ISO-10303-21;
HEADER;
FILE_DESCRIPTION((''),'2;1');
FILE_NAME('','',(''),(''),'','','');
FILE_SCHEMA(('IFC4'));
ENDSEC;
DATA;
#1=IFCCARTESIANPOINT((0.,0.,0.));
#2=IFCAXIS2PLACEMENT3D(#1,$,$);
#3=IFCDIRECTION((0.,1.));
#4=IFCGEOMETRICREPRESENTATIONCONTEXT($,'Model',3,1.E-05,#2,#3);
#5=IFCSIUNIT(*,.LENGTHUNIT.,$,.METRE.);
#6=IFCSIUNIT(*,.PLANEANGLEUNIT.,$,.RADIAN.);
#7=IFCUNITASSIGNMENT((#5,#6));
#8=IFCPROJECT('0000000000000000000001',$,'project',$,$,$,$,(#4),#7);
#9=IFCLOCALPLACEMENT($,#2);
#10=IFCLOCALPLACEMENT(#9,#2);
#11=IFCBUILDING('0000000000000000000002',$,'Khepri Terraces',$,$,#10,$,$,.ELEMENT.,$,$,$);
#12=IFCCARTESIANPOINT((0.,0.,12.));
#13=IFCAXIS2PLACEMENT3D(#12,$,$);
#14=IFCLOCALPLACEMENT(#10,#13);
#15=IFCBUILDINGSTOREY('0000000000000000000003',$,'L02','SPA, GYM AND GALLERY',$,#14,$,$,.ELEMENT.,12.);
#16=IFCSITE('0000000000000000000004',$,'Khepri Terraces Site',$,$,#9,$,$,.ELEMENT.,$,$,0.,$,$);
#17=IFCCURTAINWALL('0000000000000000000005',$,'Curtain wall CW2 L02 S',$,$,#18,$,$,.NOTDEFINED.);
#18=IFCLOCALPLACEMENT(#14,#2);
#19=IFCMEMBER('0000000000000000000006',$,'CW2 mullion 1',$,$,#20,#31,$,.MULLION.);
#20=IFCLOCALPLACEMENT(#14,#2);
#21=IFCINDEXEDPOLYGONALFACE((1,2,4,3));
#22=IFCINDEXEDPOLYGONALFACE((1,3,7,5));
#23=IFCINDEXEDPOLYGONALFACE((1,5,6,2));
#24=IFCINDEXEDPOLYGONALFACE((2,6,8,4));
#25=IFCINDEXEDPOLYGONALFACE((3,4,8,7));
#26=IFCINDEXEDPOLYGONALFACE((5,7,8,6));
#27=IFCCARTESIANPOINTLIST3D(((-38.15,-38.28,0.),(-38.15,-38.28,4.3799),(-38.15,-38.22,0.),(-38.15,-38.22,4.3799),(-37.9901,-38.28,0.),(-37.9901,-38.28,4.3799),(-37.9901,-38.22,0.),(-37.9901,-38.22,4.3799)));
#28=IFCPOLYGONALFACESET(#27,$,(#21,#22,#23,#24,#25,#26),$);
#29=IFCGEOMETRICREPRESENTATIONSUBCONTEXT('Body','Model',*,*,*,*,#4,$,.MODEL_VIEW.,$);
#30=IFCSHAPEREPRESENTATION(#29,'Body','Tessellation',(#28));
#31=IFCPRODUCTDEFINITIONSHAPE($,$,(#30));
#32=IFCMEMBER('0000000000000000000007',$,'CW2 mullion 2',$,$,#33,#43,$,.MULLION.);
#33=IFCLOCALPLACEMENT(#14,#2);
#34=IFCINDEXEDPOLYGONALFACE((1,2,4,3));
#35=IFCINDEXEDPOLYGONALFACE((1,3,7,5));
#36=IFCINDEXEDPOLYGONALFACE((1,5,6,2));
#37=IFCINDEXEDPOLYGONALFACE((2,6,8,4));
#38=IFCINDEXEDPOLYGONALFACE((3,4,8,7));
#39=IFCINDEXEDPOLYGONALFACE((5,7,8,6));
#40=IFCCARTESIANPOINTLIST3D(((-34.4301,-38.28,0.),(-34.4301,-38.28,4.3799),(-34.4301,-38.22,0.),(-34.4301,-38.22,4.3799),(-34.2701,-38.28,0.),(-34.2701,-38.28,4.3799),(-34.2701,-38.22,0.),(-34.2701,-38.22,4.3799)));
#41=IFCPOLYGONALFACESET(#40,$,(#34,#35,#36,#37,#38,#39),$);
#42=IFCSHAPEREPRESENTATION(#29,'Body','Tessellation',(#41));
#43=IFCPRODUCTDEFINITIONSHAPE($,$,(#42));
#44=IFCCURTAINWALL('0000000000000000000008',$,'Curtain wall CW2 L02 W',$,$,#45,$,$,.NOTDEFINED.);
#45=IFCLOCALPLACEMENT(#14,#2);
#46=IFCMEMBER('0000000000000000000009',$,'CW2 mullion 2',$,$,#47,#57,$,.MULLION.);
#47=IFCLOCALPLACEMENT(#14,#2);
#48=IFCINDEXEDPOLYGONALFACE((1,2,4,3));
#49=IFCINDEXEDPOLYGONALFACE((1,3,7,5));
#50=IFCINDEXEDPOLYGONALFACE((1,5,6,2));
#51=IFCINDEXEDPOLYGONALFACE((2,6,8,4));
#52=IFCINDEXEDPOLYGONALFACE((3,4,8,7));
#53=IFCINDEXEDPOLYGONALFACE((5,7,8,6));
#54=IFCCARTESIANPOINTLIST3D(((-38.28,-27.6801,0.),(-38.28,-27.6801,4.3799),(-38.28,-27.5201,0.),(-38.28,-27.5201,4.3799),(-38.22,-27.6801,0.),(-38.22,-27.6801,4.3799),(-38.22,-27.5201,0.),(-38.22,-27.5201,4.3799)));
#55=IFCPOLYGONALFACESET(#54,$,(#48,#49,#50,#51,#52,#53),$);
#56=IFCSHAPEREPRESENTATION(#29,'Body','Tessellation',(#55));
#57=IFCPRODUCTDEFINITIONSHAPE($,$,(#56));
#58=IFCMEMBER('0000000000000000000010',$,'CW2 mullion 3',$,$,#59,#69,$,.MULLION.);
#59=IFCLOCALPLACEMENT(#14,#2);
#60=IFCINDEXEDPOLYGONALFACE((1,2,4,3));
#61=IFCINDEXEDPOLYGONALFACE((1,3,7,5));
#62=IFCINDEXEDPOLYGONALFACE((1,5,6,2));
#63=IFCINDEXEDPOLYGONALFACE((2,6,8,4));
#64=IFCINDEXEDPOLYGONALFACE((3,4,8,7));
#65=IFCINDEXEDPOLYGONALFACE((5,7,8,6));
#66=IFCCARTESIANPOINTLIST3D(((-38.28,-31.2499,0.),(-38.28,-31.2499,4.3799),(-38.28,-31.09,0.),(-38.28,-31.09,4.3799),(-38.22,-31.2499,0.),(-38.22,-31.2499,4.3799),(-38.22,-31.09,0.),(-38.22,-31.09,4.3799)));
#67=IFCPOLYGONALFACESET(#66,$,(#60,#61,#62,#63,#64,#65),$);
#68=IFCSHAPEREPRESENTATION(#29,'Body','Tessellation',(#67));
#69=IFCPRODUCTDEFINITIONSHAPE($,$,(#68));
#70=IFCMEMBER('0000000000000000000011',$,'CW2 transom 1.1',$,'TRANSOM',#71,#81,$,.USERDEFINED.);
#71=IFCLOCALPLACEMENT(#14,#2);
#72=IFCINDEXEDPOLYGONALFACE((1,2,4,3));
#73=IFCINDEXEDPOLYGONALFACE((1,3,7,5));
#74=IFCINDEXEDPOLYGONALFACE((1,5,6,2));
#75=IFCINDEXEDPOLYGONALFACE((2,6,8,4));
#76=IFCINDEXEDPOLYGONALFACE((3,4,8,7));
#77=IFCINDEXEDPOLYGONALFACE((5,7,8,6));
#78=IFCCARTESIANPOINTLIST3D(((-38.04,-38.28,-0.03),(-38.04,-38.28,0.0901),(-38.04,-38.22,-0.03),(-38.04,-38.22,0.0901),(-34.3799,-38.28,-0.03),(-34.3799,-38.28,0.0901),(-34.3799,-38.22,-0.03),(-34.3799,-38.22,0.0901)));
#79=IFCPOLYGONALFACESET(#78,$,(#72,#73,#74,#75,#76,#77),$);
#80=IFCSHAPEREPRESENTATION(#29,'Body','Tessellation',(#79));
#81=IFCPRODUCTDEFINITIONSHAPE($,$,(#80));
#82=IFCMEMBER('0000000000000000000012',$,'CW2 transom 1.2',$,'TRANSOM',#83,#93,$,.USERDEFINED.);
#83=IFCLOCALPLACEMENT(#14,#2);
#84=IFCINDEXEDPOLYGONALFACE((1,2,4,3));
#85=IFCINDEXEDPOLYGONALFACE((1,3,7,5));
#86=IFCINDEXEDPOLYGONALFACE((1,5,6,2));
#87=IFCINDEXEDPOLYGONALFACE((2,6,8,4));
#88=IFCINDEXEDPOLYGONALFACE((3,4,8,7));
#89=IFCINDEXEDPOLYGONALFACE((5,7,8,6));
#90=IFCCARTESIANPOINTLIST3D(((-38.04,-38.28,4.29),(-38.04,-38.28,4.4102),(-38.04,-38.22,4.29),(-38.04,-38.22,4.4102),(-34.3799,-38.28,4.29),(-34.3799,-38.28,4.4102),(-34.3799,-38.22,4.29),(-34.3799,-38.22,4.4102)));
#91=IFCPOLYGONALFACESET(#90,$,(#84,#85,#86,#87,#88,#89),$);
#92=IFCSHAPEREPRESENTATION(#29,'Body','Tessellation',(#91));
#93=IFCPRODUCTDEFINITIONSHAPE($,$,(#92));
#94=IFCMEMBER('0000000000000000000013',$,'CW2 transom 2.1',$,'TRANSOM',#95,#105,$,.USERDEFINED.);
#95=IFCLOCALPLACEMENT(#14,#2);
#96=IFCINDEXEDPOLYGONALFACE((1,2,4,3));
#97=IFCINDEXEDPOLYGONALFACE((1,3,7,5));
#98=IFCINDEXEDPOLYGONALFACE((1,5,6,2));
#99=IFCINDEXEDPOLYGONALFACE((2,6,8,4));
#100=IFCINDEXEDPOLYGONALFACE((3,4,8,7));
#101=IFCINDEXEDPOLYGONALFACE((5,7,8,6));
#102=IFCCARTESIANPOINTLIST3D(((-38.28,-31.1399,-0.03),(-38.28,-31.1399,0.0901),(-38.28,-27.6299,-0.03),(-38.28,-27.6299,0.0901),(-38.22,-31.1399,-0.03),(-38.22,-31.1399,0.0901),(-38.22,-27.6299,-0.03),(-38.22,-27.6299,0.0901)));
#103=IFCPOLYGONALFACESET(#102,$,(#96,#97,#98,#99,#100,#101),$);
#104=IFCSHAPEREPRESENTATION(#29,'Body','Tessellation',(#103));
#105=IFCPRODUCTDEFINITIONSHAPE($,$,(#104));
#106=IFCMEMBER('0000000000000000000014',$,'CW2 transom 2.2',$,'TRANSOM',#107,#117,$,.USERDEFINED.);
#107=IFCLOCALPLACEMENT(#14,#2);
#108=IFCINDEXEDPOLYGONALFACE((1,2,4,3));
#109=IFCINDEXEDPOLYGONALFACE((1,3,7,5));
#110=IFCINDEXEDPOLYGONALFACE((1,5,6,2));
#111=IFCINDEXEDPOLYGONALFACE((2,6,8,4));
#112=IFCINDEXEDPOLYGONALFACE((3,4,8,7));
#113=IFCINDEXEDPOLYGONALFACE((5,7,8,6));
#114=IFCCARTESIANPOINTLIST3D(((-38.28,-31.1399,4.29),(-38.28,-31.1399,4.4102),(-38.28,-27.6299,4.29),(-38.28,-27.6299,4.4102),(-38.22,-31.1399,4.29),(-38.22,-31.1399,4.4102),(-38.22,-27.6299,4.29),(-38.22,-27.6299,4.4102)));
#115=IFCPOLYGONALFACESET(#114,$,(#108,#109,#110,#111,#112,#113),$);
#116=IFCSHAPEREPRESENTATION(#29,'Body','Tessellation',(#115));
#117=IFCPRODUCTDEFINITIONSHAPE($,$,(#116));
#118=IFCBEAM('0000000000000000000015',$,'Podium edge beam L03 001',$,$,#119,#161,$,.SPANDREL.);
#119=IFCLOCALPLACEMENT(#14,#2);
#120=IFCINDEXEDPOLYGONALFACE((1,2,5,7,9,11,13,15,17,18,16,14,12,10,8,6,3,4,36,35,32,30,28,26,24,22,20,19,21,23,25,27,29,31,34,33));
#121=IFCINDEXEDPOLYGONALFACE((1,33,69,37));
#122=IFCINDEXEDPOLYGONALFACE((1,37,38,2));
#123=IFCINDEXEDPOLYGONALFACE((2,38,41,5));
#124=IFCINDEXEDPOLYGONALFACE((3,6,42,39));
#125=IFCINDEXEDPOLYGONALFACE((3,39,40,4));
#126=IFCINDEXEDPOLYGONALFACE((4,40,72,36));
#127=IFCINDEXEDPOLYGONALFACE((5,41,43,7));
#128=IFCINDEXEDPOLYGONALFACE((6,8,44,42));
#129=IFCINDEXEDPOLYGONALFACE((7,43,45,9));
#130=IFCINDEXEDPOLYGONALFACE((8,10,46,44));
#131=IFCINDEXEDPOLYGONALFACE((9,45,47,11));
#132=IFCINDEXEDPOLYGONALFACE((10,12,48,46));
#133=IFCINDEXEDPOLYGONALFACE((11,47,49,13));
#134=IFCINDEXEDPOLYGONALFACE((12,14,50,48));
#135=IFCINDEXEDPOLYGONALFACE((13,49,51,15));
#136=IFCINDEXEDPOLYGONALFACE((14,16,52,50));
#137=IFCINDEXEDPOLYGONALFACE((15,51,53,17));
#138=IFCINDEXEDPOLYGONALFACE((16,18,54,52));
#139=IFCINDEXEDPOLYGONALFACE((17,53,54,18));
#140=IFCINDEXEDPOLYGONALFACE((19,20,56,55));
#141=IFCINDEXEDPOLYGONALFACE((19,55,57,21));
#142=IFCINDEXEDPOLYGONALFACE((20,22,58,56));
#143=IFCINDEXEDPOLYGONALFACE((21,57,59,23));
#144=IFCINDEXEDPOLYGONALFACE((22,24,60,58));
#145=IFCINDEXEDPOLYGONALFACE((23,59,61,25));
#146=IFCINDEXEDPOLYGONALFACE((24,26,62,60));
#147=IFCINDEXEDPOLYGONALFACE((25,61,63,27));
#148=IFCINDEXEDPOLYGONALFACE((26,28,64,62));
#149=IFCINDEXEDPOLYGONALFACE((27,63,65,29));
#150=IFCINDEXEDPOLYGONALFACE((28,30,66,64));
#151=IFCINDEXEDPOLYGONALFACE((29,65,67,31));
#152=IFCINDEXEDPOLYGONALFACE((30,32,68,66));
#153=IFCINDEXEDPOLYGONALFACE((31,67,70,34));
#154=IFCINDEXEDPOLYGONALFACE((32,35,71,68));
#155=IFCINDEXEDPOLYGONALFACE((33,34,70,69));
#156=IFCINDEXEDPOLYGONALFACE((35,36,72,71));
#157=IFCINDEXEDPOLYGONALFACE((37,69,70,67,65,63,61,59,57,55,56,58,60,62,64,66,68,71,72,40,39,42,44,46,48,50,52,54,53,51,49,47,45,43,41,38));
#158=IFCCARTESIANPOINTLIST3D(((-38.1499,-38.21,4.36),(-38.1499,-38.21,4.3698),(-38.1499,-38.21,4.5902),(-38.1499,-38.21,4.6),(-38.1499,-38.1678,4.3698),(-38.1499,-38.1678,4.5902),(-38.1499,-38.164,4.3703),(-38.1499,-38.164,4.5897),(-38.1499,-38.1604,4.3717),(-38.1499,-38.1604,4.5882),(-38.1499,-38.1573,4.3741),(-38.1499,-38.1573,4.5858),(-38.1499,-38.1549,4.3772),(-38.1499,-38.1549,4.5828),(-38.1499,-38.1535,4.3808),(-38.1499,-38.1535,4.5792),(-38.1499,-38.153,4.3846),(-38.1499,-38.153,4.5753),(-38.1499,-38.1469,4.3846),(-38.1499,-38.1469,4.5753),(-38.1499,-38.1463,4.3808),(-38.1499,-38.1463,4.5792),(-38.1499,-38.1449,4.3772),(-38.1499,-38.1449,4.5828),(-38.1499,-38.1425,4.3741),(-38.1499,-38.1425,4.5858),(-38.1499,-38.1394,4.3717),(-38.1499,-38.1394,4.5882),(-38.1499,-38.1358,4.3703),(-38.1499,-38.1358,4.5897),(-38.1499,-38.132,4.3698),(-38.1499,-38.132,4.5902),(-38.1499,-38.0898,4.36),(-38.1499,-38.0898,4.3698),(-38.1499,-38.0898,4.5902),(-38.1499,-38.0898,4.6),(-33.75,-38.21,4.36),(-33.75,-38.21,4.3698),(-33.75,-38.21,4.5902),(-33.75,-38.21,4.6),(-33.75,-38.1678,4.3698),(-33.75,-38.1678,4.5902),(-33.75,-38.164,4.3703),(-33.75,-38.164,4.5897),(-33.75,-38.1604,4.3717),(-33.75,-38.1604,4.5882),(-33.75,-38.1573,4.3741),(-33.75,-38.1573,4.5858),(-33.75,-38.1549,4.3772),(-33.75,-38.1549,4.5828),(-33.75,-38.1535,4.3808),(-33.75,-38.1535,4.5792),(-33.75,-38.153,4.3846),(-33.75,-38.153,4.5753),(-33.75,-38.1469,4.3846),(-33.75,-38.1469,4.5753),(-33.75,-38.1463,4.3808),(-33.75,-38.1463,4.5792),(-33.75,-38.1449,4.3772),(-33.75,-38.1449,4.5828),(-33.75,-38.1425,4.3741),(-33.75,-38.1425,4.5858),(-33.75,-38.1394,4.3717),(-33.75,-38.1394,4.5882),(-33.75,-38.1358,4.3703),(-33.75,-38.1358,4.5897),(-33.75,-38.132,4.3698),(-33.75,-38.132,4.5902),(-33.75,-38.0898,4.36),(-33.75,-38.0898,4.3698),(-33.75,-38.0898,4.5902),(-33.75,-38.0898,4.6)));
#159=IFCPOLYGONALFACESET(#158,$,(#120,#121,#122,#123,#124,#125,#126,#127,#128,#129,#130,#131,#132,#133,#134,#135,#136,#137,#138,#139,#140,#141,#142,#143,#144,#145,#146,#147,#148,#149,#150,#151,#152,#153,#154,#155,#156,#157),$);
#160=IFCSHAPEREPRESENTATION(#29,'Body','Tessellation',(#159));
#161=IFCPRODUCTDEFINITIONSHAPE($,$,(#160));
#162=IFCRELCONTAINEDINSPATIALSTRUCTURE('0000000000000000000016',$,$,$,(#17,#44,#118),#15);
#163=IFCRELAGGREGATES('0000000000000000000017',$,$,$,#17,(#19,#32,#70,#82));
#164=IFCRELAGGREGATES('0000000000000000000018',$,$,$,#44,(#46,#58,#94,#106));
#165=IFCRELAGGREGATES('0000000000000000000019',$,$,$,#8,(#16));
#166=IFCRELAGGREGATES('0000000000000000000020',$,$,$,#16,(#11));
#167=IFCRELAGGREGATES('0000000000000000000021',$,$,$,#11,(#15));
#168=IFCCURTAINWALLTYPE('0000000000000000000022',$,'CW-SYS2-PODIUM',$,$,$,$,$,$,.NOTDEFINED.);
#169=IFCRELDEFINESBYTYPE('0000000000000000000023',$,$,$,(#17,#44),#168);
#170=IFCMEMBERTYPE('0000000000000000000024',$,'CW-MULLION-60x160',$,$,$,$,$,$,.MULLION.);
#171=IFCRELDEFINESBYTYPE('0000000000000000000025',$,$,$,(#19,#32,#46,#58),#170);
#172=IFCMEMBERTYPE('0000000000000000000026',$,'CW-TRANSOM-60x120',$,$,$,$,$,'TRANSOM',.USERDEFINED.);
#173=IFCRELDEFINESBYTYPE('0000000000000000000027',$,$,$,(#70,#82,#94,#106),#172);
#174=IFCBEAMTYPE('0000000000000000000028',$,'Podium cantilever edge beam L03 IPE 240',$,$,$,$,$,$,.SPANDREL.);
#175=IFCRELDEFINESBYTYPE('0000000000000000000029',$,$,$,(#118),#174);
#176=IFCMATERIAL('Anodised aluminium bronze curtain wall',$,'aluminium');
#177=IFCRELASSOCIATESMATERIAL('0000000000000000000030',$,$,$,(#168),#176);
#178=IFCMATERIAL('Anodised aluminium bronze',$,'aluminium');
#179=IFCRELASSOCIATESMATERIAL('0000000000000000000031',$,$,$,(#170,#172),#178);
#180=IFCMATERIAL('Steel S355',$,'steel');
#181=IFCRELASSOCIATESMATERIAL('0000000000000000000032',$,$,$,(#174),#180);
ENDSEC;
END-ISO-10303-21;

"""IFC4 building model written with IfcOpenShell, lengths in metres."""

from ifc_helpers import new_model, si_unit, direction, frame, origin, origin_2d, place, context, subcontext, project, spatial, rectangle, i_section, extrude, material, material_profile, profile_set, type_object, element, aggregate, save


model = new_model("IFC4")

# Units and contexts
model_context = context("Model", 3, precision=1e-05, world=origin(), true_north=direction((0.0, 1.0)))
body_context = subcontext(model_context, "Body", "Model", "MODEL_VIEW")
ifc_project = project(units=[si_unit("LENGTHUNIT", "METRE"), si_unit("PLANEANGLEUNIT", "RADIAN")], contexts=[model_context])

# Site, building, storey
site_placement = place(None, origin())
site = spatial("IfcSite", under=ifc_project, at=site_placement, Name="Khepri Terraces Site", CompositionType="ELEMENT", RefElevation=0.0)
building_placement = place(site_placement, origin())
building = spatial("IfcBuilding", under=site, at=building_placement, Name="Khepri Terraces", CompositionType="ELEMENT")
storey_placement = place(building_placement, frame((0.0, 0.0, 12.0)))
storey = spatial("IfcBuildingStorey", under=building, at=storey_placement, Name="L02", Description="SPA, GYM AND GALLERY", CompositionType="ELEMENT", Elevation=12.0)

# Curtain walls, members
ifc_material_1 = material(Name="Anodised aluminium bronze curtain wall", Category="aluminium")
curtain_wall_type = type_object("IfcCurtainWallType", Name="CW-SYS2-PODIUM", PredefinedType="NOTDEFINED", material=ifc_material_1)
curtain_wall_1_placement = place(storey_placement, origin())
curtain_wall_1 = element("IfcCurtainWall", 1, at=curtain_wall_1_placement, inside=storey, type_object=curtain_wall_type, Name="Curtain wall CW2 L02 S", PredefinedType="NOTDEFINED")
ifc_material_2 = material(Name="Anodised aluminium bronze", Category="aluminium")
ifc_material_profile_1 = material_profile(ifc_material_2, rectangle(XDim=0.0601, YDim=0.1599, at=origin_2d()), Name="Anodised aluminium bronze", Category="aluminium")
ifc_profile_set_1 = profile_set([ifc_material_profile_1], Name="Anodised aluminium bronze")
member_type_1 = type_object("IfcMemberType", Name="CW-MULLION-60x160", PredefinedType="MULLION", material=ifc_profile_set_1)
member_1_placement = place(storey_placement, frame((-38.0701, -38.25, 0.0), z_axis=(0.0, 0.0, 1.0), x_axis=(0.0, 1.0, 0.0)))
member_1 = element("IfcMember", 2, at=member_1_placement, type_object=member_type_1, Name="CW2 mullion 1", PredefinedType="MULLION", context=body_context, shape_type="SweptSolid", body=[
    extrude(rectangle(XDim=0.0601, YDim=0.1599, at=origin_2d()), origin(), (0.0, 0.0, 1.0), 4.3799),
])
member_2_placement = place(storey_placement, frame((-34.3501, -38.25, 0.0), z_axis=(0.0, 0.0, 1.0), x_axis=(0.0, 1.0, 0.0)))
member_2 = element("IfcMember", 3, at=member_2_placement, type_object=member_type_1, Name="CW2 mullion 2", PredefinedType="MULLION", context=body_context, shape_type="SweptSolid", body=[
    extrude(rectangle(XDim=0.0601, YDim=0.1599, at=origin_2d()), origin(), (0.0, 0.0, 1.0), 4.3799),
])
curtain_wall_2_placement = place(storey_placement, origin())
curtain_wall_2 = element("IfcCurtainWall", 4, at=curtain_wall_2_placement, inside=storey, type_object=curtain_wall_type, Name="Curtain wall CW2 L02 W", PredefinedType="NOTDEFINED")
member_3_placement = place(storey_placement, frame((-38.25, -27.6001, 0.0), z_axis=(0.0, 0.0, 1.0), x_axis=(1.0, 0.0, 0.0)))
member_3 = element("IfcMember", 5, at=member_3_placement, type_object=member_type_1, Name="CW2 mullion 2", PredefinedType="MULLION", context=body_context, shape_type="SweptSolid", body=[
    extrude(rectangle(XDim=0.0601, YDim=0.1599, at=origin_2d()), origin(), (0.0, 0.0, 1.0), 4.3799),
])
member_4_placement = place(storey_placement, frame((-38.25, -31.1699, 0.0), z_axis=(0.0, 0.0, 1.0), x_axis=(1.0, 0.0, 0.0)))
member_4 = element("IfcMember", 6, at=member_4_placement, type_object=member_type_1, Name="CW2 mullion 3", PredefinedType="MULLION", context=body_context, shape_type="SweptSolid", body=[
    extrude(rectangle(XDim=0.0601, YDim=0.1599, at=origin_2d()), origin(), (0.0, 0.0, 1.0), 4.3799),
])

# Members
ifc_material_profile_2 = material_profile(ifc_material_2, rectangle(XDim=0.0601, YDim=0.1201, at=origin_2d()), Name="Anodised aluminium bronze", Category="aluminium")
ifc_profile_set_2 = profile_set([ifc_material_profile_2], Name="Anodised aluminium bronze")
member_type_2 = type_object("IfcMemberType", Name="CW-TRANSOM-60x120", ElementType="TRANSOM", PredefinedType="USERDEFINED", material=ifc_profile_set_2)
member_5_placement = place(storey_placement, frame((-38.04, -38.25, 0.03), z_axis=(1.0, 0.0, 0.0), x_axis=(0.0, 1.0, 0.0)))
member_5 = element("IfcMember", 7, at=member_5_placement, type_object=member_type_2, Name="CW2 transom 1.1", ObjectType="TRANSOM", PredefinedType="USERDEFINED", context=body_context, shape_type="SweptSolid", body=[
    extrude(rectangle(XDim=0.0601, YDim=0.1201, at=origin_2d()), origin(), (0.0, 0.0, 1.0), 3.6602),
])
member_6_placement = place(storey_placement, frame((-38.04, -38.25, 4.3501), z_axis=(1.0, 0.0, 0.0), x_axis=(0.0, 1.0, 0.0)))
member_6 = element("IfcMember", 8, at=member_6_placement, type_object=member_type_2, Name="CW2 transom 1.2", ObjectType="TRANSOM", PredefinedType="USERDEFINED", context=body_context, shape_type="SweptSolid", body=[
    extrude(rectangle(XDim=0.0601, YDim=0.1201, at=origin_2d()), origin(), (0.0, 0.0, 1.0), 3.6602),
])
member_7_placement = place(storey_placement, frame((-38.25, -27.6299, 0.03), z_axis=(0.0, -1.0, 0.0), x_axis=(1.0, 0.0, 0.0)))
member_7 = element("IfcMember", 9, at=member_7_placement, type_object=member_type_2, Name="CW2 transom 2.1", ObjectType="TRANSOM", PredefinedType="USERDEFINED", context=body_context, shape_type="SweptSolid", body=[
    extrude(rectangle(XDim=0.0601, YDim=0.1201, at=origin_2d()), origin(), (0.0, 0.0, 1.0), 3.51),
])
member_8_placement = place(storey_placement, frame((-38.25, -27.6299, 4.3501), z_axis=(0.0, -1.0, 0.0), x_axis=(1.0, 0.0, 0.0)))
member_8 = element("IfcMember", 10, at=member_8_placement, type_object=member_type_2, Name="CW2 transom 2.2", ObjectType="TRANSOM", PredefinedType="USERDEFINED", context=body_context, shape_type="SweptSolid", body=[
    extrude(rectangle(XDim=0.0601, YDim=0.1201, at=origin_2d()), origin(), (0.0, 0.0, 1.0), 3.51),
])

# Beam
ifc_material_3 = material(Name="Steel S355", Category="steel")
ifc_material_profile_3 = material_profile(ifc_material_3, i_section(OverallWidth=0.1201, OverallDepth=0.24, WebThickness=0.0061, FlangeThickness=0.0098, FilletRadius=0.0149, at=origin_2d()), Name="Steel S355", Category="steel")
ifc_profile_set_3 = profile_set([ifc_material_profile_3], Name="Steel S355")
beam_type_1 = type_object("IfcBeamType", Name="Podium cantilever edge beam L03 IPE 240", PredefinedType="SPANDREL", material=ifc_profile_set_3)
beam_placement = place(storey_placement, frame((-38.1499, -38.1499, 4.48), z_axis=(1.0, 0.0, 0.0), x_axis=(0.0, 1.0, 0.0)))
element("IfcBeam", 11, at=beam_placement, inside=storey, type_object=beam_type_1, Name="Podium edge beam L03 001", PredefinedType="SPANDREL", context=body_context, shape_type="SweptSolid", body=[
    extrude(i_section(OverallWidth=0.1201, OverallDepth=0.24, WebThickness=0.0061, FlangeThickness=0.0098, FilletRadius=0.0149, at=origin_2d()), origin(), (0.0, 0.0, 1.0), 4.3999),
])

aggregate(curtain_wall_1, [member_1, member_2, member_5, member_6])
aggregate(curtain_wall_2, [member_3, member_4, member_7, member_8])

save(model, "model.ifc")
